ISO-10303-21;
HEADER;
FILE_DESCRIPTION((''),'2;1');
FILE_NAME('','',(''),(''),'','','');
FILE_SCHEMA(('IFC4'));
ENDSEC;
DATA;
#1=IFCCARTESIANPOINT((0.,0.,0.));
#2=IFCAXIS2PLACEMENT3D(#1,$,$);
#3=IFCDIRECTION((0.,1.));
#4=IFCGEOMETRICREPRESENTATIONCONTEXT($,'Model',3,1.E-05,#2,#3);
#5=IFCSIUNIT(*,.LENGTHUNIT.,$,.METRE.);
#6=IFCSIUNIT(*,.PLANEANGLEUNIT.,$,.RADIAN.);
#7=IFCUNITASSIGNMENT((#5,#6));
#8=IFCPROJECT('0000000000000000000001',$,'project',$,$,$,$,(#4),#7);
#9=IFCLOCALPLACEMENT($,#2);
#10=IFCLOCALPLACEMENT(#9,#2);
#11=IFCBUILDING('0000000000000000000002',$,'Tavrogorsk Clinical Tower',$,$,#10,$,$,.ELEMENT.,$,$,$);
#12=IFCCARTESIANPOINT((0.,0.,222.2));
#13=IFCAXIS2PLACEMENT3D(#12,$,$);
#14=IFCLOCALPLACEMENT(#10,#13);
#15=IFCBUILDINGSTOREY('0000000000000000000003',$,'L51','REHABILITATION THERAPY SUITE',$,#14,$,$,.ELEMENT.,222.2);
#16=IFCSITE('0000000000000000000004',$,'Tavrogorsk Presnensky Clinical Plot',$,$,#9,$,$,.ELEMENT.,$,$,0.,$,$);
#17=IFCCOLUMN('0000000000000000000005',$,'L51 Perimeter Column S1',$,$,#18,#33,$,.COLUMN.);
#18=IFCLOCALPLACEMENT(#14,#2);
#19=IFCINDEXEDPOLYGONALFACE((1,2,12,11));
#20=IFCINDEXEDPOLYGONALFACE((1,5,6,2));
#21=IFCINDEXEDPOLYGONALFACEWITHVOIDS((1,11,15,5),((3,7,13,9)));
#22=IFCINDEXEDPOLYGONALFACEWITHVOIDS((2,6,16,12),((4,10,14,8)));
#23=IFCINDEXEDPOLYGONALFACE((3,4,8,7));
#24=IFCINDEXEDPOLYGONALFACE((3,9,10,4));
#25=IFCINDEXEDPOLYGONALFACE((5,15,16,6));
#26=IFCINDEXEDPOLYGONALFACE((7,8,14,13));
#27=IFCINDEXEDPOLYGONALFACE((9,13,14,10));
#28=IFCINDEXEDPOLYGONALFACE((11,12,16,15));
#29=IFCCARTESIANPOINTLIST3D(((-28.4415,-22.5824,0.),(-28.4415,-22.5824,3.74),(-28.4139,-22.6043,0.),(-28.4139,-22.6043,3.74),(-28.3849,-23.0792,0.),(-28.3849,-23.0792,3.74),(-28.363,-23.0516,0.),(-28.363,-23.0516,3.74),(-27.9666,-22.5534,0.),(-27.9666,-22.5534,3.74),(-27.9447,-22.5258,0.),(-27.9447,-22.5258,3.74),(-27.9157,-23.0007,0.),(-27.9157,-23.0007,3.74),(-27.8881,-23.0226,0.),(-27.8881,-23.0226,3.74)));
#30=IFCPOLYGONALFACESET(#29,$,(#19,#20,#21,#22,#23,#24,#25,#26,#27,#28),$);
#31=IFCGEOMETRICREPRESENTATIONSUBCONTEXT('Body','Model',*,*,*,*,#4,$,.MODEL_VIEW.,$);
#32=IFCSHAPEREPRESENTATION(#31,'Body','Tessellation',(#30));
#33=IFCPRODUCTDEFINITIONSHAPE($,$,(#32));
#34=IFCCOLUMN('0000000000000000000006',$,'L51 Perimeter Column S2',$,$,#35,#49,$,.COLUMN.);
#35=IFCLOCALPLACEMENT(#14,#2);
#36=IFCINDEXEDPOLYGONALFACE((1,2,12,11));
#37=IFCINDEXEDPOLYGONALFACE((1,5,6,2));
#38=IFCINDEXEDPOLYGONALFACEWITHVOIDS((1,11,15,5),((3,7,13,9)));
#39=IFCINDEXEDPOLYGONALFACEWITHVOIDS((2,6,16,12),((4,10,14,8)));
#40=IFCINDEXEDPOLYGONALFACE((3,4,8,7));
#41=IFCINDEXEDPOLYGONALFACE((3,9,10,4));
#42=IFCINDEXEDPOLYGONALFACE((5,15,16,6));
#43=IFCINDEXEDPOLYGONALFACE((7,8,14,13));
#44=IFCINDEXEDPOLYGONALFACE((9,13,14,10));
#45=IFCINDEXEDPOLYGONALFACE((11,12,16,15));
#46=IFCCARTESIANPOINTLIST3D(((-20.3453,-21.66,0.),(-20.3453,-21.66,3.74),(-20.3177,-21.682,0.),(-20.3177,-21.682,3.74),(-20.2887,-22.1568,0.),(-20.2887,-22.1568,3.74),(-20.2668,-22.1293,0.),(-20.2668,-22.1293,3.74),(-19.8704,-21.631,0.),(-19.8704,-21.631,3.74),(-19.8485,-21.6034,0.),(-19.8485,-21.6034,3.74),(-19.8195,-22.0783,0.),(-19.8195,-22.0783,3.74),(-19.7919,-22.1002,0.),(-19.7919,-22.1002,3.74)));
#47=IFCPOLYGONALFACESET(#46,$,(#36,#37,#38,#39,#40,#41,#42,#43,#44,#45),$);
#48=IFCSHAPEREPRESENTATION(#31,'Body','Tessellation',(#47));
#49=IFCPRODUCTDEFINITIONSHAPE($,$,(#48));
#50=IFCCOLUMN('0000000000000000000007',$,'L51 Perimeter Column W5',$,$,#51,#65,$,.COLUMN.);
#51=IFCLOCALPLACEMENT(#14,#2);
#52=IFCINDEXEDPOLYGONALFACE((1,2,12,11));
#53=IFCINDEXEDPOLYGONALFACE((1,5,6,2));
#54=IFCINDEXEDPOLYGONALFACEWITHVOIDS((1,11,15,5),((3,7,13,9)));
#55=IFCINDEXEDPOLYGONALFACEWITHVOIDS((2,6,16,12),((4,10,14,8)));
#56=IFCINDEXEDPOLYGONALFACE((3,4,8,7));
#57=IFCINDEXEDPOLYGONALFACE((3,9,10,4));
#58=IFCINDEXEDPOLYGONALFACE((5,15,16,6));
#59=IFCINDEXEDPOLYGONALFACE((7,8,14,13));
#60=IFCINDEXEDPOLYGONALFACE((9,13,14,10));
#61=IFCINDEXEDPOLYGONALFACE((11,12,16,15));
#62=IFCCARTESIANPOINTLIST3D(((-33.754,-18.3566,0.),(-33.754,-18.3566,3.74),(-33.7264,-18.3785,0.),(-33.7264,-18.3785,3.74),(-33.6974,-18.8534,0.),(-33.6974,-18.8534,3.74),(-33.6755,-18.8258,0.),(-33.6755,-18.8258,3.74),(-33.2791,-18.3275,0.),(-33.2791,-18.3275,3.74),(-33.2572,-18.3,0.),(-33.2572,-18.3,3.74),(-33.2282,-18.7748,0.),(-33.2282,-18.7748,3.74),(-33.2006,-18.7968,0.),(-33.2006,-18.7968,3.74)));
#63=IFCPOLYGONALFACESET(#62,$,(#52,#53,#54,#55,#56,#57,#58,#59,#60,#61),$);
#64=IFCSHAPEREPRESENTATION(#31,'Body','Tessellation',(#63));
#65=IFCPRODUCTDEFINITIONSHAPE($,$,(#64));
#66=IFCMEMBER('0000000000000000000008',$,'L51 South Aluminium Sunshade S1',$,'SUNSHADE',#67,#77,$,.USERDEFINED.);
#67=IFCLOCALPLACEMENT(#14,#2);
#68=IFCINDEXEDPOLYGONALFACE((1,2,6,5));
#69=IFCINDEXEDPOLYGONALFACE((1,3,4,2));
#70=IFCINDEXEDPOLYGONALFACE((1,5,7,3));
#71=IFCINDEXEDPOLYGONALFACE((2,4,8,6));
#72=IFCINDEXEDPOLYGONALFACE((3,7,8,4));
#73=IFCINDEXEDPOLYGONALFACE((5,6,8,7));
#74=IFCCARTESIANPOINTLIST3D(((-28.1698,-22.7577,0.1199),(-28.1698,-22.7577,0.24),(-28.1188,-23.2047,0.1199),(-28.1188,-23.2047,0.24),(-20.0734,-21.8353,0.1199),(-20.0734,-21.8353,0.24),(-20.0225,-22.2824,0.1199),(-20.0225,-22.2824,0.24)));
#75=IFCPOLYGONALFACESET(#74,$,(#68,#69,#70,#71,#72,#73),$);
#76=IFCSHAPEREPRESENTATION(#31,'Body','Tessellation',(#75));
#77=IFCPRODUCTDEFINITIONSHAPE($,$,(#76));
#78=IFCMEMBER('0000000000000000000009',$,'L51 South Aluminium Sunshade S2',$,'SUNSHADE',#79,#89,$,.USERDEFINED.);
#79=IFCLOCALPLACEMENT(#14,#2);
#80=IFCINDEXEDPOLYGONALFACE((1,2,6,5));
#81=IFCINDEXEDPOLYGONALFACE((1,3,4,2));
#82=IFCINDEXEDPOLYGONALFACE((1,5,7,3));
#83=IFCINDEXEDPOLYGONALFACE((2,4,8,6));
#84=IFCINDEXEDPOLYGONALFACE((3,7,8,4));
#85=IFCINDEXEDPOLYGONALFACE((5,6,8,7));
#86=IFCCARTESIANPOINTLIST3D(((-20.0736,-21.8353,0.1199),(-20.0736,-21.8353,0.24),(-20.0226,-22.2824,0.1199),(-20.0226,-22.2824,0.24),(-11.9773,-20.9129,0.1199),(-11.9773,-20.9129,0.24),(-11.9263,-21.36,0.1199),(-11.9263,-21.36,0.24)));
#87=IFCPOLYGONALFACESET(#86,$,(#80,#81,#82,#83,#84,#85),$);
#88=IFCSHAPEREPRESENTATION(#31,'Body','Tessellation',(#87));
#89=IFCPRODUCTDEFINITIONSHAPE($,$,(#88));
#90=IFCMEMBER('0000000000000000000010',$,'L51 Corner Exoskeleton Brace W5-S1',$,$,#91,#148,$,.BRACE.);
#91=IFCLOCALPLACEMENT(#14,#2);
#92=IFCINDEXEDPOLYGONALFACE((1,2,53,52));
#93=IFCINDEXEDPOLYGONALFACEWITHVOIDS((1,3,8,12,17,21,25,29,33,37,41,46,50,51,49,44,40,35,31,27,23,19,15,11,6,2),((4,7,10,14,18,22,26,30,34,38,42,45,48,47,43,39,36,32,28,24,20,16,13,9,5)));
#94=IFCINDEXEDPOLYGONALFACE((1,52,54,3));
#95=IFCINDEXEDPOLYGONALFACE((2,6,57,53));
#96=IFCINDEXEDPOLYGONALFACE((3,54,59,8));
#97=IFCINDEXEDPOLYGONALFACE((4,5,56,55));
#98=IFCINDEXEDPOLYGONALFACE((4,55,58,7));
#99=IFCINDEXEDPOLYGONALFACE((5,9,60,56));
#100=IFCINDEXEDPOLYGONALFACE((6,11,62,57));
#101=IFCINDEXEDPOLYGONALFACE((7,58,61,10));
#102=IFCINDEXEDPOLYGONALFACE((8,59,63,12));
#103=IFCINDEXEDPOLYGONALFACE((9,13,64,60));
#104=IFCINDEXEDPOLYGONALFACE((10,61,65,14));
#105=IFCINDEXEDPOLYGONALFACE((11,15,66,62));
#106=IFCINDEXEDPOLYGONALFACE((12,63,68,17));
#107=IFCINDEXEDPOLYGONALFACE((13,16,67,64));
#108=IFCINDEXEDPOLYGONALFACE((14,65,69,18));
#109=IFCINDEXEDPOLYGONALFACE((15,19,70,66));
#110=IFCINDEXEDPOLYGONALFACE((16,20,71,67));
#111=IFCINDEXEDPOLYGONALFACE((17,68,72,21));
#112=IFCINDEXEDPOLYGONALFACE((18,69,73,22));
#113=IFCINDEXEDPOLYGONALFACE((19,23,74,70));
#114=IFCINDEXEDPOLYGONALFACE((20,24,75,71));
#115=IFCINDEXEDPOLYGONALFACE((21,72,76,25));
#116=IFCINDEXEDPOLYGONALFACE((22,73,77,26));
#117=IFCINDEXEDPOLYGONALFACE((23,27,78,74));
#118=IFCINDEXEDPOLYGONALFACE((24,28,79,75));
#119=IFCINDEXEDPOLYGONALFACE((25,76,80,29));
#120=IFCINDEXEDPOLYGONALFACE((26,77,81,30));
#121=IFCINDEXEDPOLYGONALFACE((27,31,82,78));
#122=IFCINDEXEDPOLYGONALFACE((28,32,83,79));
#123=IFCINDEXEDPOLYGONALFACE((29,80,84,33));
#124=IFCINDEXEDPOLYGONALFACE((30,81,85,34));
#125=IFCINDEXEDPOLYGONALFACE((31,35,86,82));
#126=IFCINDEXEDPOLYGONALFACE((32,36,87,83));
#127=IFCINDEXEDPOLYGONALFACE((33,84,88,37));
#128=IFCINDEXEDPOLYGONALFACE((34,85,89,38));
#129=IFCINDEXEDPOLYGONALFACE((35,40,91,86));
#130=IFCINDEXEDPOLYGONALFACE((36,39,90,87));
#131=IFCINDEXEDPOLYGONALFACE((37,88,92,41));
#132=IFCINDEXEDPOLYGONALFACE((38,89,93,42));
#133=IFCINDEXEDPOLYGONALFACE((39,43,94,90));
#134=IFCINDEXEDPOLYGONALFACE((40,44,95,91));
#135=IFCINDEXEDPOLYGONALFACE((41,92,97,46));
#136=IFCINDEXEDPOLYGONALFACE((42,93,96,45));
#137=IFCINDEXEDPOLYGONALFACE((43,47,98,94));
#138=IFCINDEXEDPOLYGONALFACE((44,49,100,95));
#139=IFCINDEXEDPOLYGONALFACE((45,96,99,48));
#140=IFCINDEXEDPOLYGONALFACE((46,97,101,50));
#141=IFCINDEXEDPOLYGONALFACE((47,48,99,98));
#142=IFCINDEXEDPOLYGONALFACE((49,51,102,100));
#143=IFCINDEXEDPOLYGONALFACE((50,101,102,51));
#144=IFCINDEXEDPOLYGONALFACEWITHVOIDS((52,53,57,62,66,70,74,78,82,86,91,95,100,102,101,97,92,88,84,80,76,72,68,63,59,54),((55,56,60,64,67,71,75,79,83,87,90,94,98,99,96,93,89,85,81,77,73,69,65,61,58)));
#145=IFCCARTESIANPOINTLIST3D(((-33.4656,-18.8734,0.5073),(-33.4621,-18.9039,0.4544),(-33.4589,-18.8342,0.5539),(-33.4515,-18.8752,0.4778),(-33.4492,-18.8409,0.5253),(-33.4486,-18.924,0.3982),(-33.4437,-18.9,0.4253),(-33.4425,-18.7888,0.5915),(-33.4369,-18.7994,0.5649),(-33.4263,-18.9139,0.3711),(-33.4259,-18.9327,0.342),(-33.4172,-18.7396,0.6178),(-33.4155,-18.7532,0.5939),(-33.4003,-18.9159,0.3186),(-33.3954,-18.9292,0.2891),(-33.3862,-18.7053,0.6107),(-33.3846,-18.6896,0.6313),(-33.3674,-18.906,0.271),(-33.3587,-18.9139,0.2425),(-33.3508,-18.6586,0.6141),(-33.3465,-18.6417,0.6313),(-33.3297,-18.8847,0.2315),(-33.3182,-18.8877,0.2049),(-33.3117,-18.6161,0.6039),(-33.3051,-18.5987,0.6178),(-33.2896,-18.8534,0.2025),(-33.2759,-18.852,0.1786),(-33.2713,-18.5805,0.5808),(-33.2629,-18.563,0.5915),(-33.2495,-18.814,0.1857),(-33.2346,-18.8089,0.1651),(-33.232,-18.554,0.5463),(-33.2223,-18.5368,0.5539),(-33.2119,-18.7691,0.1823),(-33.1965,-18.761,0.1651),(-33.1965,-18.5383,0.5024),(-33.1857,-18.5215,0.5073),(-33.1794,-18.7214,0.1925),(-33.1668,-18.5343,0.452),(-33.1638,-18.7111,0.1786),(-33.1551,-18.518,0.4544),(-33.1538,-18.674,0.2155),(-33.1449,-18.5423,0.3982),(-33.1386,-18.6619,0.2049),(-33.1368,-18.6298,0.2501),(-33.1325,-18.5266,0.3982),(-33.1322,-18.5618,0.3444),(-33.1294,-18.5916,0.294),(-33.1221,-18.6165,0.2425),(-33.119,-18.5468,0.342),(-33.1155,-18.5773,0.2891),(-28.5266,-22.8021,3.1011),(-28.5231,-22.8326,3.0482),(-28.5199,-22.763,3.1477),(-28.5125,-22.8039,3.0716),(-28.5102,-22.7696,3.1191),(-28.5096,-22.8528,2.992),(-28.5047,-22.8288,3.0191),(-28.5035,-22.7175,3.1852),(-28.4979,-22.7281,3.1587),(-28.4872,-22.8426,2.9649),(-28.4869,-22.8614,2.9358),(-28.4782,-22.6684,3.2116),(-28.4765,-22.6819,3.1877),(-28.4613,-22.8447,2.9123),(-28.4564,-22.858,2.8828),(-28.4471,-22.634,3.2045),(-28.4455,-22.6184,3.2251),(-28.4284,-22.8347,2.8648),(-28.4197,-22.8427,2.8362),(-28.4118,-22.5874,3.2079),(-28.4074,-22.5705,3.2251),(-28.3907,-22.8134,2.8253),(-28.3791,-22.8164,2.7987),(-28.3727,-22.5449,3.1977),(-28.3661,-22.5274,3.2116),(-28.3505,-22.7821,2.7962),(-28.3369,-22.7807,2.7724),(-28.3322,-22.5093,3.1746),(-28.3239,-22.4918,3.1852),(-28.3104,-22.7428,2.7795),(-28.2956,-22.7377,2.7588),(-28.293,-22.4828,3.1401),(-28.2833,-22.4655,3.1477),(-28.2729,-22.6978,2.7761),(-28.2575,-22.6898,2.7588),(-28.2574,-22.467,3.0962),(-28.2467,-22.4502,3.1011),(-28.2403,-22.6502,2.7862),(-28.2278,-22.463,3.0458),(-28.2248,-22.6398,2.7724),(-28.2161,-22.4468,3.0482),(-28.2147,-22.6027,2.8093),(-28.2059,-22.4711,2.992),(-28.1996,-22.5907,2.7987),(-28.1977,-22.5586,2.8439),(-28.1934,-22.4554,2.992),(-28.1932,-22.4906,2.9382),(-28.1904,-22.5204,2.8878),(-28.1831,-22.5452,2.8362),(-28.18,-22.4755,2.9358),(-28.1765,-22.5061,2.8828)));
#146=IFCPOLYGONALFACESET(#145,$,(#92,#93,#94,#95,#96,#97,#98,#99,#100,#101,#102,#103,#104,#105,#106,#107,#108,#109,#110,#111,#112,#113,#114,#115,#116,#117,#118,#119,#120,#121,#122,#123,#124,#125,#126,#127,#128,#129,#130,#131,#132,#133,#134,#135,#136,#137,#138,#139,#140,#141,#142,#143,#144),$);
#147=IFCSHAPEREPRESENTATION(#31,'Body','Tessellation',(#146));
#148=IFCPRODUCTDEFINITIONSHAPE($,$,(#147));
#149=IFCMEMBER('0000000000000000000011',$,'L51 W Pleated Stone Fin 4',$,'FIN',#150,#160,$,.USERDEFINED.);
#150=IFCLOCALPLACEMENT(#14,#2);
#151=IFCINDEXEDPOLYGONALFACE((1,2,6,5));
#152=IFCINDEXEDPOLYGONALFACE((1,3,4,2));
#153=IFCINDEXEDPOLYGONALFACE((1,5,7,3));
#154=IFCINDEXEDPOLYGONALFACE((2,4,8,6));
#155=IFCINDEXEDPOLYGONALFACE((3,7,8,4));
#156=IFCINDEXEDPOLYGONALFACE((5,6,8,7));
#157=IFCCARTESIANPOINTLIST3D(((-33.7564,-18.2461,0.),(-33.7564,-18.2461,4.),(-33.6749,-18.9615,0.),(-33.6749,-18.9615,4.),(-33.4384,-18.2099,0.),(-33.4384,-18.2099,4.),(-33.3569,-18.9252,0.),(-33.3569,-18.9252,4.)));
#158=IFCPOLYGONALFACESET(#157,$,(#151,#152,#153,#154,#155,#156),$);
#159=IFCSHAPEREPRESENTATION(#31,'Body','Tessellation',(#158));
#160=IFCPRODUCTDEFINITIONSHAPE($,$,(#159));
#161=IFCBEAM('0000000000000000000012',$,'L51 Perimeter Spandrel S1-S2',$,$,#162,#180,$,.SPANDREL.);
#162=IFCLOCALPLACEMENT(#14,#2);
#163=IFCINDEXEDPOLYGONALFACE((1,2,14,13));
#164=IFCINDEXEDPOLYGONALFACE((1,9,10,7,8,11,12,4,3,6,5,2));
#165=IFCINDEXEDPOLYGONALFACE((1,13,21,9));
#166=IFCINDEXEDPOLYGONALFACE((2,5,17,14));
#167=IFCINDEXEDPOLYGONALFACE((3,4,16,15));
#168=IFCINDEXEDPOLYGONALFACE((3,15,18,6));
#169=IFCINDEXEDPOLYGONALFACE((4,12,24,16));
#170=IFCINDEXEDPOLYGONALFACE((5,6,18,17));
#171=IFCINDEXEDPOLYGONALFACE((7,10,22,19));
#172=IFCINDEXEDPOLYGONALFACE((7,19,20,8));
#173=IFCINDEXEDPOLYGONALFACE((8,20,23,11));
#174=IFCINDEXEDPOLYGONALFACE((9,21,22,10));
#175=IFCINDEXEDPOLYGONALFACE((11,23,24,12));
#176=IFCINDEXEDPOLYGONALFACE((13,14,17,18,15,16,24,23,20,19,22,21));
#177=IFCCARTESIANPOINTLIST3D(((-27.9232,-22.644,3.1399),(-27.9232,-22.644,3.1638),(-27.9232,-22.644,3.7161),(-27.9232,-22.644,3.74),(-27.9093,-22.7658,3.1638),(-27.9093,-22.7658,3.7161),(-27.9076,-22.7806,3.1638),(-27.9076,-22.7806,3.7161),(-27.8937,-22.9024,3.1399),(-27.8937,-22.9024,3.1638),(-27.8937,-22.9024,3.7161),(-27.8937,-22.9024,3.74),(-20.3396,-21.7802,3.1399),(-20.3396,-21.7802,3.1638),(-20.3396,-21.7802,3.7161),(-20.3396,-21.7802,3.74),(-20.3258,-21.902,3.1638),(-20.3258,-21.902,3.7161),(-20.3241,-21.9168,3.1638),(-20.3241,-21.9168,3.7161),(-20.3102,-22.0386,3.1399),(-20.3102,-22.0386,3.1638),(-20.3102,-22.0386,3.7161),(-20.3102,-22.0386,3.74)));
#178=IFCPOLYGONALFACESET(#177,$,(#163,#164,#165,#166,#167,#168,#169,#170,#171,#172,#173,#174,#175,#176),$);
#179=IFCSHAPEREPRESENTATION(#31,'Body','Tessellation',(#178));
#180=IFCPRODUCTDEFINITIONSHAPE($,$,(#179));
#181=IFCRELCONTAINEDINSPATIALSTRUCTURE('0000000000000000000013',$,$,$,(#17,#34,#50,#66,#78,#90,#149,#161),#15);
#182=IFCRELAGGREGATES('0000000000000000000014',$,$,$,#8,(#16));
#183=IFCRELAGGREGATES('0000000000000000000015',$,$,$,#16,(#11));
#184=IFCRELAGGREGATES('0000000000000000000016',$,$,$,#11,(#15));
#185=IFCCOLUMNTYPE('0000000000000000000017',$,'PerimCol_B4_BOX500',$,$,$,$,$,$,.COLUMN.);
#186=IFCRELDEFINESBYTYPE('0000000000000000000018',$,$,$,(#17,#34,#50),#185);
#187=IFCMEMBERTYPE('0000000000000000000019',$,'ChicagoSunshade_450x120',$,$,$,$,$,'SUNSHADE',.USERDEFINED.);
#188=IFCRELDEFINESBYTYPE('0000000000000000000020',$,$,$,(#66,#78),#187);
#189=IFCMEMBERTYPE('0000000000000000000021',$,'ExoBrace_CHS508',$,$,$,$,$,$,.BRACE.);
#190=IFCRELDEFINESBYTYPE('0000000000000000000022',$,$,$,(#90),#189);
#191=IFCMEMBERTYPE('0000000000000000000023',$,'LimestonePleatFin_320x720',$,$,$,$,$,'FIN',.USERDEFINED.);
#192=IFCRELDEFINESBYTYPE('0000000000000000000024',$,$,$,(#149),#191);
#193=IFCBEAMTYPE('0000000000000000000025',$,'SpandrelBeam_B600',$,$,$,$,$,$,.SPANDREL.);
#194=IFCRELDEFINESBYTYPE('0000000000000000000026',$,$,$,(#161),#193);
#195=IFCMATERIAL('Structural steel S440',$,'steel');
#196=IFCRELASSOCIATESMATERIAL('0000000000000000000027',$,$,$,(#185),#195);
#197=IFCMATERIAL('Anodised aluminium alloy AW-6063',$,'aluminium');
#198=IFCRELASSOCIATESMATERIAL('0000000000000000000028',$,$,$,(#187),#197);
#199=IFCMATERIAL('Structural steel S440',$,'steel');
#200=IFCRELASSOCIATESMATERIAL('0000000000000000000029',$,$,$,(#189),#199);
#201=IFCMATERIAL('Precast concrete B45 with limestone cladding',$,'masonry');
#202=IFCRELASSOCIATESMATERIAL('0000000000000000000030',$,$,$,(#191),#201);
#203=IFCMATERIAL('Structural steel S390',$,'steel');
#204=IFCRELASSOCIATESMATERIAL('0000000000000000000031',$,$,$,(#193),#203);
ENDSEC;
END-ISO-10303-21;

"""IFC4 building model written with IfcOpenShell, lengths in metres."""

from ifc_helpers import new_model, si_unit, direction, frame, origin, origin_2d, place, context, subcontext, project, spatial, rectangle, hollow_rectangle, hollow_circle, i_section, extrude, material, material_profile, profile_set, type_object, element, save


model = new_model("IFC4")

# Units and contexts
model_context = context("Model", 3, precision=1e-05, world=origin(), true_north=direction((0.0, 1.0)))
body_context = subcontext(model_context, "Body", "Model", "MODEL_VIEW")
ifc_project = project(units=[si_unit("LENGTHUNIT", "METRE"), si_unit("PLANEANGLEUNIT", "RADIAN")], contexts=[model_context])

# Site, building, storey
site_placement = place(None, origin())
site = spatial("IfcSite", under=ifc_project, at=site_placement, Name="Tavrogorsk Presnensky Clinical Plot", CompositionType="ELEMENT", RefElevation=0.0)
building_placement = place(site_placement, origin())
building = spatial("IfcBuilding", under=site, at=building_placement, Name="Tavrogorsk Clinical Tower", CompositionType="ELEMENT")
storey_placement = place(building_placement, frame((0.0, 0.0, 222.2)))
storey = spatial("IfcBuildingStorey", under=building, at=storey_placement, Name="L51", Description="REHABILITATION THERAPY SUITE", CompositionType="ELEMENT", Elevation=222.2)

# Columns
ifc_material_1 = material(Name="Structural steel S440", Category="steel")
ifc_material_profile_1 = material_profile(ifc_material_1, hollow_rectangle(XDim=0.5, YDim=0.5, WallThickness=0.0249, at=origin_2d()), Name="BOX-500x500x25")
ifc_profile_set_1 = profile_set([ifc_material_profile_1], Name="Structural steel S440")
column_type = type_object("IfcColumnType", Name="PerimCol_B4_BOX500", PredefinedType="COLUMN", material=ifc_profile_set_1)
for number, where, z_axis, x_axis, name in (
    (1, (-28.1648, -22.8025, 0.0), (0.0, 0.0, 1.0), (0.993572, 0.113203, 0.0), "L51 Perimeter Column S1"),
    (2, (-20.0686, -21.8801, 0.0), (0.0, 0.0, 1.0), (0.993572, 0.113203, 0.0), "L51 Perimeter Column S2"),
    (3, (-33.4773, -18.5767, 0.0), (0.0, 0.0, 1.0), (0.993572, 0.113203, 0.0), "L51 Perimeter Column W5"),
):
    element("IfcColumn", number, at=place(storey_placement, frame(where, z_axis=z_axis, x_axis=x_axis)), inside=storey, type_object=column_type, Name=name, PredefinedType="COLUMN", context=body_context, shape_type="SweptSolid", body=[
        extrude(hollow_rectangle(XDim=0.5, YDim=0.5, WallThickness=0.0249, at=origin_2d()), origin(), (0.0, 0.0, 1.0), 3.74),
    ])

# Members
ifc_material_2 = material(Name="Anodised aluminium alloy AW-6063", Category="aluminium")
ifc_material_profile_2 = material_profile(ifc_material_2, rectangle(XDim=0.45, YDim=0.1201, at=origin_2d()), Name="ALU-SUNSHADE-450x120")
ifc_profile_set_2 = profile_set([ifc_material_profile_2], Name="Anodised aluminium alloy AW-6063")
member_type_1 = type_object("IfcMemberType", Name="ChicagoSunshade_450x120", ElementType="SUNSHADE", PredefinedType="USERDEFINED", material=ifc_profile_set_2)
for number, where, z_axis, x_axis, name in (
    (4, (-28.1443, -22.9812, 0.1799), (0.993573, 0.113193, 0.0), (-0.113193, 0.993573, 0.0), "L51 South Aluminium Sunshade S1"),
    (5, (-20.0481, -22.0588, 0.1799), (0.993573, 0.113193, 0.0), (-0.113193, 0.993573, 0.0), "L51 South Aluminium Sunshade S2"),
):
    element("IfcMember", number, at=place(storey_placement, frame(where, z_axis=z_axis, x_axis=x_axis)), inside=storey, type_object=member_type_1, Name=name, ObjectType="SUNSHADE", PredefinedType="USERDEFINED", context=body_context, shape_type="SweptSolid", body=[
        extrude(rectangle(XDim=0.45, YDim=0.1201, at=origin_2d()), origin(), (0.0, 0.0, 1.0), 8.1487),
    ])
ifc_material_3 = material(Name="Structural steel S440", Category="steel")
ifc_material_profile_3 = material_profile(ifc_material_3, hollow_circle(Radius=0.2539, WallThickness=0.02, at=origin_2d()), Name="CHS-508x20")
ifc_profile_set_3 = profile_set([ifc_material_profile_3], Name="Structural steel S440")
member_type_2 = type_object("IfcMemberType", Name="ExoBrace_CHS508", PredefinedType="BRACE", material=ifc_profile_set_3)
member_1_placement = place(storey_placement, frame((-33.2905, -18.7253, 0.3982), z_axis=(0.723852, -0.575789, 0.380138), x_axis=(0.622522, 0.782602, 0.0)))
element("IfcMember", 6, at=member_1_placement, inside=storey, type_object=member_type_2, Name="L51 Corner Exoskeleton Brace W5-S1", PredefinedType="BRACE", context=body_context, shape_type="SweptSolid", body=[
    extrude(hollow_circle(Radius=0.2539, WallThickness=0.02, at=origin_2d()), origin(), (0.0, 0.0, 1.0), 6.8232),
])
ifc_material_4 = material(Name="Precast concrete B45 with limestone cladding", Category="masonry")
ifc_material_profile_4 = material_profile(ifc_material_4, rectangle(XDim=0.3201, YDim=0.72, at=origin_2d()), Name="LIMESTONE-FIN-320x720")
ifc_profile_set_4 = profile_set([ifc_material_profile_4], Name="Precast concrete B45 with limestone cladding")
member_type_3 = type_object("IfcMemberType", Name="LimestonePleatFin_320x720", ElementType="FIN", PredefinedType="USERDEFINED", material=ifc_profile_set_4)
member_2_placement = place(storey_placement, frame((-33.5566, -18.5857, 0.0), z_axis=(0.0, 0.0, 1.0), x_axis=(0.993572, 0.113203, 0.0)))
element("IfcMember", 7, at=member_2_placement, inside=storey, type_object=member_type_3, Name="L51 W Pleated Stone Fin 4", ObjectType="FIN", PredefinedType="USERDEFINED", context=body_context, shape_type="SweptSolid", body=[
    extrude(rectangle(XDim=0.3201, YDim=0.72, at=origin_2d()), origin(), (0.0, 0.0, 1.0), 4.0),
])

# Beam
ifc_material_5 = material(Name="Structural steel S390", Category="steel")
ifc_material_profile_5 = material_profile(ifc_material_5, i_section(OverallWidth=0.26, OverallDepth=0.6001, WebThickness=0.0149, FlangeThickness=0.0239, at=origin_2d()), Name="B-600x260x15x24")
ifc_profile_set_5 = profile_set([ifc_material_profile_5], Name="Structural steel S390")
beam_type_1 = type_object("IfcBeamType", Name="SpandrelBeam_B600", PredefinedType="SPANDREL", material=ifc_profile_set_5)
for number, where, z_axis, x_axis, name in (
    (8, (-27.9084, -22.7732, 3.4399), (0.993576, 0.113169, 0.0), (-0.113169, 0.993576, 0.0), "L51 Perimeter Spandrel S1-S2"),
):
    element("IfcBeam", number, at=place(storey_placement, frame(where, z_axis=z_axis, x_axis=x_axis)), inside=storey, type_object=beam_type_1, Name=name, PredefinedType="SPANDREL", context=body_context, shape_type="SweptSolid", body=[
        extrude(i_section(OverallWidth=0.26, OverallDepth=0.6001, WebThickness=0.0149, FlangeThickness=0.0239, at=origin_2d()), origin(), (0.0, 0.0, 1.0), 7.6326),
    ])

save(model, "model.ifc")
